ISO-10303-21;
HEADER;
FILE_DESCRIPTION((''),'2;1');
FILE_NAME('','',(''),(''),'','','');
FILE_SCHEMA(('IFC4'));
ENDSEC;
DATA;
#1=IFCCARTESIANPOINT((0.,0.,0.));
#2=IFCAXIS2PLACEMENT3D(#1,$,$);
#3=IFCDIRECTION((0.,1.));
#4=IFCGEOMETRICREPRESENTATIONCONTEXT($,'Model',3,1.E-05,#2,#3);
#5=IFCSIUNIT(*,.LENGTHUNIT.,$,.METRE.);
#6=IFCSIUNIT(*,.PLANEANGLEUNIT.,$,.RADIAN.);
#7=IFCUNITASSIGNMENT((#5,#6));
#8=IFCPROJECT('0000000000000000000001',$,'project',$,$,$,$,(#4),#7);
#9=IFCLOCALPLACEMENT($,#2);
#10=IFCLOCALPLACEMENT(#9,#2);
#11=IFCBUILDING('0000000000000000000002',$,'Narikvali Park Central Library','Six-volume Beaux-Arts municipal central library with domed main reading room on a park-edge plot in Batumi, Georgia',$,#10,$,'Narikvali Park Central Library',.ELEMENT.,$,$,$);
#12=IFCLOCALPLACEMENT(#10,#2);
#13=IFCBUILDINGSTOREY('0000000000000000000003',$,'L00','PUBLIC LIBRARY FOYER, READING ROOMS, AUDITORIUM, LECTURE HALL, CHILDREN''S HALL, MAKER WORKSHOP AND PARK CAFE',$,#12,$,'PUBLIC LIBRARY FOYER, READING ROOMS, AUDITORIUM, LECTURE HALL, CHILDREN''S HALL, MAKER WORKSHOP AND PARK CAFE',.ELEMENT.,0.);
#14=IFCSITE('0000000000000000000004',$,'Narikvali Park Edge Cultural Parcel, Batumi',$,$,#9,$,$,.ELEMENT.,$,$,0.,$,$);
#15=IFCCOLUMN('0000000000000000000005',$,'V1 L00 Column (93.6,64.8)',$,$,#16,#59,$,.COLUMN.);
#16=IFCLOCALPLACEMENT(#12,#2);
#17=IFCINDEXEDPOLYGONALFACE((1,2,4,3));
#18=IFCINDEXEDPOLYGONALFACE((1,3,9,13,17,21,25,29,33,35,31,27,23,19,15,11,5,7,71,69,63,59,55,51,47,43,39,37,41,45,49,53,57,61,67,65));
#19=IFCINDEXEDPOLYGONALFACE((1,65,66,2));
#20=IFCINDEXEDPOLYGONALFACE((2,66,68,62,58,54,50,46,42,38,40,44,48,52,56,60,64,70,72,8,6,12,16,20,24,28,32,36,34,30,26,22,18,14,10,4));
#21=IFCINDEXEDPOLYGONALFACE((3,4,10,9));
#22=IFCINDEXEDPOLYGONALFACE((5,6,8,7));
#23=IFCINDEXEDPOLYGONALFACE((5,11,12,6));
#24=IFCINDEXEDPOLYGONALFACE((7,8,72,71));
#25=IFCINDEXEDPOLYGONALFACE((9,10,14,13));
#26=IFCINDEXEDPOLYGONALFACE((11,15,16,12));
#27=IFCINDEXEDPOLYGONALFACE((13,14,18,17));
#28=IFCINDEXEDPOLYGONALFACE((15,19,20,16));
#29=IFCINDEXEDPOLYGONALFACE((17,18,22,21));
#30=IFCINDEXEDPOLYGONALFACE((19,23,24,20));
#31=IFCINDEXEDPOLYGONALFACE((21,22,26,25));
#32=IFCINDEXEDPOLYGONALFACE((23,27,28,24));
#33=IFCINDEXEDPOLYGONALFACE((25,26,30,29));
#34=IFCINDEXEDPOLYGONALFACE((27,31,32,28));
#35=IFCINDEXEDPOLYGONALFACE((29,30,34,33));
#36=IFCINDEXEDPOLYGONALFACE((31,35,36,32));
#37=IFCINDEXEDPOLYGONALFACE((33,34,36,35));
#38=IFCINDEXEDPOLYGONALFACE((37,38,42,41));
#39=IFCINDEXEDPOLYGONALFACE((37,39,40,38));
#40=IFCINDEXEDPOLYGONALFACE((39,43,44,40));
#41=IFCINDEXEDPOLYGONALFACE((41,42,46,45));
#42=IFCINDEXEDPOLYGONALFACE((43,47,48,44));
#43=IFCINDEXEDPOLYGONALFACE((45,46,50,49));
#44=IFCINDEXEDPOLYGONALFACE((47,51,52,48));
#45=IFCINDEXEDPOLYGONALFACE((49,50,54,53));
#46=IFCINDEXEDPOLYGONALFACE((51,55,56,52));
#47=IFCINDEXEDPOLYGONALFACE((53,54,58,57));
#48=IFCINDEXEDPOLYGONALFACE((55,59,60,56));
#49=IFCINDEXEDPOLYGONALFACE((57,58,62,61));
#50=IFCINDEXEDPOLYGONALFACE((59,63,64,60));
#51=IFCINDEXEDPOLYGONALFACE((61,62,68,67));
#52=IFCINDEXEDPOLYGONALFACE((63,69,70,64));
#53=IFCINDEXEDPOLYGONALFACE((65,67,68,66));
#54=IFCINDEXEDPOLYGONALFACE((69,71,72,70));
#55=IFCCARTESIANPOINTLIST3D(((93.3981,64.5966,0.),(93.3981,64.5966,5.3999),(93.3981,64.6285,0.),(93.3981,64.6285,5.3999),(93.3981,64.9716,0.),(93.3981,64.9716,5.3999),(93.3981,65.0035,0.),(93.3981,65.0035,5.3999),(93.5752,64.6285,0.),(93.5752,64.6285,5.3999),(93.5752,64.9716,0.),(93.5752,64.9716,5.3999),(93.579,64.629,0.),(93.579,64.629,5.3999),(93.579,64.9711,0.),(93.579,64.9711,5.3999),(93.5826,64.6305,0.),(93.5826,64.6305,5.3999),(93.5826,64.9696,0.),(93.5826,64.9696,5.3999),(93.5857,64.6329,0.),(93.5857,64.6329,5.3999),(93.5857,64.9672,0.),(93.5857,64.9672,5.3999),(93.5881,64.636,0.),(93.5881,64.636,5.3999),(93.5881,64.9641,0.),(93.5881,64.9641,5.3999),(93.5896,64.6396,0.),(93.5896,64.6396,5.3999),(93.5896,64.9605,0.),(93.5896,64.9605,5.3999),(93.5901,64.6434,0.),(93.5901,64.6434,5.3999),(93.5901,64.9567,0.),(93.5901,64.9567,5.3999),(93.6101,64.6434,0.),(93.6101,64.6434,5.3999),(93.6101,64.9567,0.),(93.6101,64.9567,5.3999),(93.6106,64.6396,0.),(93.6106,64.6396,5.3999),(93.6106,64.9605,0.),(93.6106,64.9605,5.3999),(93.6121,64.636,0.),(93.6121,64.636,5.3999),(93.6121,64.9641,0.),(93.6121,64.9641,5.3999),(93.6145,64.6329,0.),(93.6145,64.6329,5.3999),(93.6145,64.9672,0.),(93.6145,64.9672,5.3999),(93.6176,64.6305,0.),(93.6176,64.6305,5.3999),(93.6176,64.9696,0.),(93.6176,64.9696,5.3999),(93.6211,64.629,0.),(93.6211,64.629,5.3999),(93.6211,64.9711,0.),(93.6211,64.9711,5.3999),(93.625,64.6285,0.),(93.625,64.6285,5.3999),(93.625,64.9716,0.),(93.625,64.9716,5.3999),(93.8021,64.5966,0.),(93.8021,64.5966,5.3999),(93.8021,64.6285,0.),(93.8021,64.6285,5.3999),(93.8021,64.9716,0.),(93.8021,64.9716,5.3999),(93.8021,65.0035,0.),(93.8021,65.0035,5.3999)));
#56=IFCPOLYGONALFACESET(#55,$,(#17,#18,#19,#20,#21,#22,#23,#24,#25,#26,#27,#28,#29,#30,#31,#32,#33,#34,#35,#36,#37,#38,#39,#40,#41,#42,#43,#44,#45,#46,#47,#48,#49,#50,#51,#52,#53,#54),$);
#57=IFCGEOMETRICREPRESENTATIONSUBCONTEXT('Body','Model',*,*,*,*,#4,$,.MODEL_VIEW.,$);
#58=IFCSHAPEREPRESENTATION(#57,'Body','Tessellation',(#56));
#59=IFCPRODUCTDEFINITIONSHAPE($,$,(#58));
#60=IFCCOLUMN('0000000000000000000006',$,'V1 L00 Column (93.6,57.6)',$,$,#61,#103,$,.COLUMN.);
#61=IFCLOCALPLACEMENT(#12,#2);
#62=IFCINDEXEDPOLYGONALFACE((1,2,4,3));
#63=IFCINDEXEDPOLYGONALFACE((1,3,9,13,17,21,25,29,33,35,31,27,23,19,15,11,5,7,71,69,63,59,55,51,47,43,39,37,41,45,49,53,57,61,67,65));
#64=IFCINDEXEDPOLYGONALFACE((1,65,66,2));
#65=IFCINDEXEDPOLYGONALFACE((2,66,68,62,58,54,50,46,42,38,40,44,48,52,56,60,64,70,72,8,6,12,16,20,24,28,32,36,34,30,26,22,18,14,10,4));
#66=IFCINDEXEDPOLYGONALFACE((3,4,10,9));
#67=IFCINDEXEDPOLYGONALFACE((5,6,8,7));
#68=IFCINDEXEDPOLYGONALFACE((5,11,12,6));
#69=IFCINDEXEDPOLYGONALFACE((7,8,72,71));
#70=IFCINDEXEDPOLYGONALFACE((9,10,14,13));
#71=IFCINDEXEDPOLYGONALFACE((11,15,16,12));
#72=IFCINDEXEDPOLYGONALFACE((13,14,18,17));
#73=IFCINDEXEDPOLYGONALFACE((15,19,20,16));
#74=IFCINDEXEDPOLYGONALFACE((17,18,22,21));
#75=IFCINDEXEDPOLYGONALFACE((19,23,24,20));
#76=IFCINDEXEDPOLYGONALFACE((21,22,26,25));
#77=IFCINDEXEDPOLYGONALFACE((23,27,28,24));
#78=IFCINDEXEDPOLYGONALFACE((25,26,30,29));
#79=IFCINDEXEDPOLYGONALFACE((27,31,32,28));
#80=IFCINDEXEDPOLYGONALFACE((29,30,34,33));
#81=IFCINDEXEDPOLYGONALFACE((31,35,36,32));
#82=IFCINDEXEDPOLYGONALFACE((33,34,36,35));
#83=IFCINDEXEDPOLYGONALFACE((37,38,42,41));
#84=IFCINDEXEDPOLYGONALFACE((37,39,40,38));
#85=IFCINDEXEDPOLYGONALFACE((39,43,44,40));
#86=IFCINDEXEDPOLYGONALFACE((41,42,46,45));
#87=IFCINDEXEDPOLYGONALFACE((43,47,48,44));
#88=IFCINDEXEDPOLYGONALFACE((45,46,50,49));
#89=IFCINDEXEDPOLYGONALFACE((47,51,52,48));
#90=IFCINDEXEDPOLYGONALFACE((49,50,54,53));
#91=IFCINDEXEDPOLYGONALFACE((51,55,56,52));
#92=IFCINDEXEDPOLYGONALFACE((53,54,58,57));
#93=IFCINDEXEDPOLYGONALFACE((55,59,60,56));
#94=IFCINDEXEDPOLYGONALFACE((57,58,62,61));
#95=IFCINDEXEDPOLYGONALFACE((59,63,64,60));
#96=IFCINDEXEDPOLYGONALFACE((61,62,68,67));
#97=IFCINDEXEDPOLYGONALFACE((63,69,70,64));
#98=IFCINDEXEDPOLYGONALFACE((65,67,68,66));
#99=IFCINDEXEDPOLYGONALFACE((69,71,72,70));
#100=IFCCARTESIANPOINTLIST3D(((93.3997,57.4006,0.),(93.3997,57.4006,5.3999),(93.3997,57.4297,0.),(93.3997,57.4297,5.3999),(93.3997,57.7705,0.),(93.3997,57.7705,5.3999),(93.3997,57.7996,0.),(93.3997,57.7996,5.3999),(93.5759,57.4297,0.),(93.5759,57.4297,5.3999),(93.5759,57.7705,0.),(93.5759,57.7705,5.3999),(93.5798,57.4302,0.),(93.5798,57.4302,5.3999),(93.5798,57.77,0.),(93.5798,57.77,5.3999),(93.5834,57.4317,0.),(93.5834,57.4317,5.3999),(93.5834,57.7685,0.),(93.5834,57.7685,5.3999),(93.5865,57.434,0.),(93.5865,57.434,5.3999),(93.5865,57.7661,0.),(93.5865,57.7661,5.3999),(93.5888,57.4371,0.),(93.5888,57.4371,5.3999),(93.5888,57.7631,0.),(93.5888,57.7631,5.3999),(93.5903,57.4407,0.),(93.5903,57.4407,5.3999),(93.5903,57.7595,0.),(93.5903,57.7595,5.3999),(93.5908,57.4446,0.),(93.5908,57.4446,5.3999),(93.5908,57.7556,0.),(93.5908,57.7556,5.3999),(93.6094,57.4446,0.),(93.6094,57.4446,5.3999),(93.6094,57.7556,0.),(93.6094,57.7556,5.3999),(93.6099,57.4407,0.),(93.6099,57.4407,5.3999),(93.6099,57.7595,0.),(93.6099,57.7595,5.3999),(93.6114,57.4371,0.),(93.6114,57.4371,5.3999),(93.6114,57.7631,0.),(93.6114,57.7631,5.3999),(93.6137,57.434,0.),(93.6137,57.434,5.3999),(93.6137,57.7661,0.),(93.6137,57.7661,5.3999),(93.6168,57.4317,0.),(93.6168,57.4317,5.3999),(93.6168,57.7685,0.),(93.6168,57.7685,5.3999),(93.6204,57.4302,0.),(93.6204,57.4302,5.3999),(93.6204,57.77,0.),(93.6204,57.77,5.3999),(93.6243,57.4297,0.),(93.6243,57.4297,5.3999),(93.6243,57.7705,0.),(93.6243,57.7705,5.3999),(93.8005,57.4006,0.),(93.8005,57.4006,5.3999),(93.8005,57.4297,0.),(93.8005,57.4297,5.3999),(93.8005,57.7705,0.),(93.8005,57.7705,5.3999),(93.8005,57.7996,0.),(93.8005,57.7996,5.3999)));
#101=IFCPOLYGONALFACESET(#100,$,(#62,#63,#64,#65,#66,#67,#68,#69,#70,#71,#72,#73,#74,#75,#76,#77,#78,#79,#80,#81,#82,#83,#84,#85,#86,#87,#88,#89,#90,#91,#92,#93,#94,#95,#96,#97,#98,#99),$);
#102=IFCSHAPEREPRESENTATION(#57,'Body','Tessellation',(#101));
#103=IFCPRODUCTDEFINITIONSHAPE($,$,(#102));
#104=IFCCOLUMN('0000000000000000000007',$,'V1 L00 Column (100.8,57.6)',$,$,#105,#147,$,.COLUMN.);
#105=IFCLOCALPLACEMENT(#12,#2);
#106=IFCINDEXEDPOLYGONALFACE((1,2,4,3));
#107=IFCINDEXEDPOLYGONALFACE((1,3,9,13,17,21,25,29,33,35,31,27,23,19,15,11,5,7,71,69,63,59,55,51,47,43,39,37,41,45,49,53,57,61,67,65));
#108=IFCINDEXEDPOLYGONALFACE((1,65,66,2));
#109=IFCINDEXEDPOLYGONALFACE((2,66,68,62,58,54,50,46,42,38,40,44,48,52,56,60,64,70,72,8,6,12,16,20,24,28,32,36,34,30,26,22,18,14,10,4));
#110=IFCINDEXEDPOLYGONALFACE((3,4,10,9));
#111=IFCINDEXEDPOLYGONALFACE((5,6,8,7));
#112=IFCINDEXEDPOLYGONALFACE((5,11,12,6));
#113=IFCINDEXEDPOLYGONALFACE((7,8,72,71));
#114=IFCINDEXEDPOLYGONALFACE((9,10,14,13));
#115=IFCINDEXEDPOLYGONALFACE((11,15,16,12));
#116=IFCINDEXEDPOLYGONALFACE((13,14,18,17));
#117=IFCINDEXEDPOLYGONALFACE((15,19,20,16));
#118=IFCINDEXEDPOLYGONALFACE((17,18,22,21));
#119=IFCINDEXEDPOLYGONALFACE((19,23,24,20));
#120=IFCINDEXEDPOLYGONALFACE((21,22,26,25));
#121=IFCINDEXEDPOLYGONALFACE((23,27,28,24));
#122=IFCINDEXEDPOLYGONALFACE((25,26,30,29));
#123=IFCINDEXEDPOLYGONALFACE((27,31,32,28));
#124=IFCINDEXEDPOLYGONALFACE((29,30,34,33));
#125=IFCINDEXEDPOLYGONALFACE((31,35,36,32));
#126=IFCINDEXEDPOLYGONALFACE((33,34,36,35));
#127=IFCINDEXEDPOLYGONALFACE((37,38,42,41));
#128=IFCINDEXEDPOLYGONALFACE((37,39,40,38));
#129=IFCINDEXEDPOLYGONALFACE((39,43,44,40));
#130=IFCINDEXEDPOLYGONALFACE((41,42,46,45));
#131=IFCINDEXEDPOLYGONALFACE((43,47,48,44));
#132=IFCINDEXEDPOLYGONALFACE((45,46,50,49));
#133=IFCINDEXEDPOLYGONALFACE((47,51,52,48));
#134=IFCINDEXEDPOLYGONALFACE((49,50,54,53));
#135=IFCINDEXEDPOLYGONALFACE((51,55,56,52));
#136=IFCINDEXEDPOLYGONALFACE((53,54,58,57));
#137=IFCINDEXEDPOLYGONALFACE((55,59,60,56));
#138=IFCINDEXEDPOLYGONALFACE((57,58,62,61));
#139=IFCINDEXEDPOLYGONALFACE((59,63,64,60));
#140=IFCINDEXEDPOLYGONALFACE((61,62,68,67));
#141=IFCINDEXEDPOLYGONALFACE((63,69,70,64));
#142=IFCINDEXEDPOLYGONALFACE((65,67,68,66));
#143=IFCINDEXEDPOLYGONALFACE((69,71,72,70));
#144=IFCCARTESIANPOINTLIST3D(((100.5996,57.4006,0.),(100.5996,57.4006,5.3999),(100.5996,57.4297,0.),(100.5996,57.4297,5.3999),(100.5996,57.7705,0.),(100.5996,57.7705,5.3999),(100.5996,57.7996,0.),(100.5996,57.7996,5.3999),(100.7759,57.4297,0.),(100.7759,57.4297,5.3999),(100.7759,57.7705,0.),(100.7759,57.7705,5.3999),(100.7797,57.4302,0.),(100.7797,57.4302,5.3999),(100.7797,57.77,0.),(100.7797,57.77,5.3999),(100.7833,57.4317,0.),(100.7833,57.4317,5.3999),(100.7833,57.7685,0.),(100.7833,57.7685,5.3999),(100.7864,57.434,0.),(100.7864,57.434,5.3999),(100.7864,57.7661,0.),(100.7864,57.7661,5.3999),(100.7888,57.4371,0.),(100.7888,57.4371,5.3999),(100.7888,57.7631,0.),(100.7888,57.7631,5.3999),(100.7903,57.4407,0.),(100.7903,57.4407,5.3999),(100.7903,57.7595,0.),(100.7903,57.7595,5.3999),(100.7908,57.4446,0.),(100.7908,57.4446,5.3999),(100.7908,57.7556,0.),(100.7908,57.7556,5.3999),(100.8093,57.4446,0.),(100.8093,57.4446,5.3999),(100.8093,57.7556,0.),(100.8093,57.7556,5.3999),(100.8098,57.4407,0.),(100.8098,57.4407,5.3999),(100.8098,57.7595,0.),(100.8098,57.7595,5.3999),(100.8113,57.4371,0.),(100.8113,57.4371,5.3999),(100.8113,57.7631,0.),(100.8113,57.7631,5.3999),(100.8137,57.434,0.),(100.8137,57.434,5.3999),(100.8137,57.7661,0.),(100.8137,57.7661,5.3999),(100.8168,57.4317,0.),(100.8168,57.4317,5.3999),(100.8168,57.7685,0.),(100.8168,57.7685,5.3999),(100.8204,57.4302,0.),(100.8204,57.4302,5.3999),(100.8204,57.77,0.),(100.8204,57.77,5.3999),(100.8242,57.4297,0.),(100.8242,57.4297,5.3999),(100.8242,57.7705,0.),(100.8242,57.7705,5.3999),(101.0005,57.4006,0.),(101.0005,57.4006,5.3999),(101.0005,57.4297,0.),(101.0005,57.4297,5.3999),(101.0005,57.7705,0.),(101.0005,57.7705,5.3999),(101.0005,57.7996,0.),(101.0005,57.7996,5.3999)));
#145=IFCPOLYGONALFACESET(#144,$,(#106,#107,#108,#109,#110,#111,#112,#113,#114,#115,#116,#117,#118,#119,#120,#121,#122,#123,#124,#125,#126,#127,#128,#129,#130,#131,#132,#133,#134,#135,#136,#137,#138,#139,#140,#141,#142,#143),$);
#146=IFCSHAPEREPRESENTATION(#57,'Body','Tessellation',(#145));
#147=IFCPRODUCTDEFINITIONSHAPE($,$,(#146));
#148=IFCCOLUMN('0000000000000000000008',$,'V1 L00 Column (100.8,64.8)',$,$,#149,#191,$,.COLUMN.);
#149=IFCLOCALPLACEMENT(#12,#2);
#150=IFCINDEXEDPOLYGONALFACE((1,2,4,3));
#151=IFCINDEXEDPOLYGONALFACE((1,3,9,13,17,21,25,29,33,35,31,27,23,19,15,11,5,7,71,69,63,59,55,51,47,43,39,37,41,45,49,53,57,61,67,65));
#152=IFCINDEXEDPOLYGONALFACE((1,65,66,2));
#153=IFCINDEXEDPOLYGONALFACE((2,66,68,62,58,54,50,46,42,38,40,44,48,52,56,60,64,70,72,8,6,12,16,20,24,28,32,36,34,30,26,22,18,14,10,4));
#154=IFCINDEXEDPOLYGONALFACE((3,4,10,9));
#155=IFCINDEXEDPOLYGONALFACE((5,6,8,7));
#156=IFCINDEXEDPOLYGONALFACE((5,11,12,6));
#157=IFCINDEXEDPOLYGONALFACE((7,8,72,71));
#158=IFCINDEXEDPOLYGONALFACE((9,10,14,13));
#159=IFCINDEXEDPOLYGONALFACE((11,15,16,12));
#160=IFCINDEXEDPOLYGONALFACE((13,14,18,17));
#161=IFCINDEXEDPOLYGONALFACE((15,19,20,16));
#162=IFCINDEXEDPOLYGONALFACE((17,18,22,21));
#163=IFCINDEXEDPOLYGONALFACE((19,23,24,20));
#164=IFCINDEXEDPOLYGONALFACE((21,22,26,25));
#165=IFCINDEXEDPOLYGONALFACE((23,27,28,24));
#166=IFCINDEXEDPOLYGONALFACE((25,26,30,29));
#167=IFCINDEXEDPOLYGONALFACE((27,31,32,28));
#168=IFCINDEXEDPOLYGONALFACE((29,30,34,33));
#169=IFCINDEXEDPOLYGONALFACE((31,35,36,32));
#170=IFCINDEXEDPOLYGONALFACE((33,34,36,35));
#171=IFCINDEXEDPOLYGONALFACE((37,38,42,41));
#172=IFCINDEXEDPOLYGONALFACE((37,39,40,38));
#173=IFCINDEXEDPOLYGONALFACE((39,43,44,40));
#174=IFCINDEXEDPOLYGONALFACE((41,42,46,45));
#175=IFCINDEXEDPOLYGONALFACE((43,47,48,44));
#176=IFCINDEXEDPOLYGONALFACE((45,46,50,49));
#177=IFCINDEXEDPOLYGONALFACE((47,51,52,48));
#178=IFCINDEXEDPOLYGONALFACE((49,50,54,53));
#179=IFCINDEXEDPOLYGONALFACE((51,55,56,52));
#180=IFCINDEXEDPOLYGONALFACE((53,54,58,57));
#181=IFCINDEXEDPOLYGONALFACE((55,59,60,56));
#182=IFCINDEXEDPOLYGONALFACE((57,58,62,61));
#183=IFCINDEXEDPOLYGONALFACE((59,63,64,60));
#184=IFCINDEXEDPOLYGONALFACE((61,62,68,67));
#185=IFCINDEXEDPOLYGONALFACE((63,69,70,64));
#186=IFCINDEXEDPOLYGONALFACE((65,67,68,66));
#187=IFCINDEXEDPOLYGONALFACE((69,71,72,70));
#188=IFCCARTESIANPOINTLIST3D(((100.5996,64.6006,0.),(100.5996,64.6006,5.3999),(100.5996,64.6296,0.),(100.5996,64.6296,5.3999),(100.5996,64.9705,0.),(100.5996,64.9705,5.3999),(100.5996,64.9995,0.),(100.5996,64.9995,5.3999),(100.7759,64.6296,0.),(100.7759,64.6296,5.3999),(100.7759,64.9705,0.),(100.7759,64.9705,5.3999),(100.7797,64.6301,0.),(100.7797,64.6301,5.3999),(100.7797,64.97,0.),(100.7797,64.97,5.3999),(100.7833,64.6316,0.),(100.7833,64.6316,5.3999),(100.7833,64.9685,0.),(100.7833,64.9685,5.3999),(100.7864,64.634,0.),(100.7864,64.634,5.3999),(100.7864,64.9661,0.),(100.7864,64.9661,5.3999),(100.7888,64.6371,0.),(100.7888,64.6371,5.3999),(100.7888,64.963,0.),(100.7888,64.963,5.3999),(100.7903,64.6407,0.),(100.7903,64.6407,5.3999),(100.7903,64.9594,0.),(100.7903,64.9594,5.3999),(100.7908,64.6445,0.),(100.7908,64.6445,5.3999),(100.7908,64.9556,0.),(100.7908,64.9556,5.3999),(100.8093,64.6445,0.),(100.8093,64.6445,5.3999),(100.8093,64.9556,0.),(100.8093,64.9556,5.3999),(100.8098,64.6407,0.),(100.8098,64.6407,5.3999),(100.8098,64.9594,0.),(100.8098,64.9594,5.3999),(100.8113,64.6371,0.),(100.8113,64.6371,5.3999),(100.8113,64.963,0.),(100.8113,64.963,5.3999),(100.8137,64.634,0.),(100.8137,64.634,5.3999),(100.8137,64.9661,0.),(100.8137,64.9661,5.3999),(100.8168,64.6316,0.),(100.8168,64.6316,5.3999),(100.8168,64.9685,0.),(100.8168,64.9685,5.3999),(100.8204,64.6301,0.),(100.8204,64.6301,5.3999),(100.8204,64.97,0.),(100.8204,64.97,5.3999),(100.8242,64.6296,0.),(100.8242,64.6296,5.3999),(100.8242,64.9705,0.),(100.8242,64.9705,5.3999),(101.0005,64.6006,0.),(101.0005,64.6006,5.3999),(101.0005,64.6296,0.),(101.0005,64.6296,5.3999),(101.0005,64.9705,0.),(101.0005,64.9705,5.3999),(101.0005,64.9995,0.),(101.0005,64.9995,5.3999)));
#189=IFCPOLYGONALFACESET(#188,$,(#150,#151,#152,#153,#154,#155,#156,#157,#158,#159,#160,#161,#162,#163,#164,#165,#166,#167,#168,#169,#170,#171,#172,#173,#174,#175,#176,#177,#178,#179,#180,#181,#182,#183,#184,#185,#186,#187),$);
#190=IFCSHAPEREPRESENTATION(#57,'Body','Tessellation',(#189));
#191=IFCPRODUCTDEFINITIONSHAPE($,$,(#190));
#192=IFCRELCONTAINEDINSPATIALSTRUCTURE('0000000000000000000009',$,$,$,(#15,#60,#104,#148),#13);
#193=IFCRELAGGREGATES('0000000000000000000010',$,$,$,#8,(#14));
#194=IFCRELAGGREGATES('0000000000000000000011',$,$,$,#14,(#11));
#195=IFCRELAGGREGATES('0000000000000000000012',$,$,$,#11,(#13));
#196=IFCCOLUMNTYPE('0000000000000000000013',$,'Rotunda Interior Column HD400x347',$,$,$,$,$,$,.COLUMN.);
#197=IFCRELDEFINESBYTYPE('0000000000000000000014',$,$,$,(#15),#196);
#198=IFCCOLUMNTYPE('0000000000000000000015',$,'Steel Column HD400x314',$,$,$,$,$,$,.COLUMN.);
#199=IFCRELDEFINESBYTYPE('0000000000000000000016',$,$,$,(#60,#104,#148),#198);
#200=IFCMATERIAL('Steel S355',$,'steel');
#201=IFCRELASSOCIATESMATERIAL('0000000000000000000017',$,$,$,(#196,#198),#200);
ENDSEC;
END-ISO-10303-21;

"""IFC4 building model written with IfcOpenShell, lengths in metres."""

from ifc_helpers import new_model, si_unit, direction, frame, origin, origin_2d, place, context, subcontext, project, spatial, i_section, extrude, material, material_profile, profile_set, type_object, element, save


model = new_model("IFC4")

# Units and contexts
model_context = context("Model", 3, precision=1e-05, world=origin(), true_north=direction((0.0, 1.0)))
body_context = subcontext(model_context, "Body", "Model", "MODEL_VIEW")
ifc_project = project(units=[si_unit("LENGTHUNIT", "METRE"), si_unit("PLANEANGLEUNIT", "RADIAN")], contexts=[model_context])

# Site, building, storey
site_placement = place(None, origin())
site = spatial("IfcSite", under=ifc_project, at=site_placement, Name="Narikvali Park Edge Cultural Parcel, Batumi", CompositionType="ELEMENT", RefElevation=0.0)
building_placement = place(site_placement, origin())
building = spatial("IfcBuilding", under=site, at=building_placement, Name="Narikvali Park Central Library", Description="Six-volume Beaux-Arts municipal central library with domed main reading room on a park-edge plot in Batumi, Georgia", LongName="Narikvali Park Central Library", CompositionType="ELEMENT")
storey_placement = place(building_placement, origin())
storey = spatial("IfcBuildingStorey", under=building, at=storey_placement, Name="L00", Description="PUBLIC LIBRARY FOYER, READING ROOMS, AUDITORIUM, LECTURE HALL, CHILDREN'S HALL, MAKER WORKSHOP AND PARK CAFE", LongName="PUBLIC LIBRARY FOYER, READING ROOMS, AUDITORIUM, LECTURE HALL, CHILDREN'S HALL, MAKER WORKSHOP AND PARK CAFE", CompositionType="ELEMENT", Elevation=0.0)

# Columns
ifc_material_1 = material(Name="Steel S355", Category="steel")
ifc_material_profile_1 = material_profile(ifc_material_1, i_section(OverallWidth=0.4041, OverallDepth=0.407, WebThickness=0.02, FlangeThickness=0.032, FilletRadius=0.0149, at=origin_2d()), Name="HD 400x347")
ifc_profile_set_1 = profile_set([ifc_material_profile_1], Name="Steel S355")
column_type_1 = type_object("IfcColumnType", Name="Rotunda Interior Column HD400x347", PredefinedType="COLUMN", material=ifc_profile_set_1)
column_placement = place(storey_placement, frame((93.6001, 64.8, 0.0), z_axis=(0.0, 0.0, 1.0), x_axis=(1.0, 0.0, 0.0)))
element("IfcColumn", 1, at=column_placement, inside=storey, type_object=column_type_1, Name="V1 L00 Column (93.6,64.8)", PredefinedType="COLUMN", context=body_context, shape_type="SweptSolid", body=[
    extrude(i_section(OverallWidth=0.4041, OverallDepth=0.407, WebThickness=0.02, FlangeThickness=0.032, FilletRadius=0.0149, at=origin_2d()), origin(), (0.0, 0.0, 1.0), 5.3999),
])
ifc_material_profile_2 = material_profile(ifc_material_1, i_section(OverallWidth=0.4009, OverallDepth=0.3989, WebThickness=0.0186, FlangeThickness=0.0291, FilletRadius=0.0149, at=origin_2d()), Name="HD 400x314")
ifc_profile_set_2 = profile_set([ifc_material_profile_2], Name="Steel S355")
column_type_2 = type_object("IfcColumnType", Name="Steel Column HD400x314", PredefinedType="COLUMN", material=ifc_profile_set_2)
for number, where, z_axis, x_axis, name in (
    (2, (93.6001, 57.6001, 0.0), (0.0, 0.0, 1.0), (1.0, 0.0, 0.0), "V1 L00 Column (93.6,57.6)"),
    (3, (100.8, 57.6001, 0.0), (0.0, 0.0, 1.0), (1.0, 0.0, 0.0), "V1 L00 Column (100.8,57.6)"),
    (4, (100.8, 64.8, 0.0), (0.0, 0.0, 1.0), (1.0, 0.0, 0.0), "V1 L00 Column (100.8,64.8)"),
):
    element("IfcColumn", number, at=place(storey_placement, frame(where, z_axis=z_axis, x_axis=x_axis)), inside=storey, type_object=column_type_2, Name=name, PredefinedType="COLUMN", context=body_context, shape_type="SweptSolid", body=[
        extrude(i_section(OverallWidth=0.4009, OverallDepth=0.3989, WebThickness=0.0186, FlangeThickness=0.0291, FilletRadius=0.0149, at=origin_2d()), origin(), (0.0, 0.0, 1.0), 5.3999),
    ])

save(model, "model.ifc")
